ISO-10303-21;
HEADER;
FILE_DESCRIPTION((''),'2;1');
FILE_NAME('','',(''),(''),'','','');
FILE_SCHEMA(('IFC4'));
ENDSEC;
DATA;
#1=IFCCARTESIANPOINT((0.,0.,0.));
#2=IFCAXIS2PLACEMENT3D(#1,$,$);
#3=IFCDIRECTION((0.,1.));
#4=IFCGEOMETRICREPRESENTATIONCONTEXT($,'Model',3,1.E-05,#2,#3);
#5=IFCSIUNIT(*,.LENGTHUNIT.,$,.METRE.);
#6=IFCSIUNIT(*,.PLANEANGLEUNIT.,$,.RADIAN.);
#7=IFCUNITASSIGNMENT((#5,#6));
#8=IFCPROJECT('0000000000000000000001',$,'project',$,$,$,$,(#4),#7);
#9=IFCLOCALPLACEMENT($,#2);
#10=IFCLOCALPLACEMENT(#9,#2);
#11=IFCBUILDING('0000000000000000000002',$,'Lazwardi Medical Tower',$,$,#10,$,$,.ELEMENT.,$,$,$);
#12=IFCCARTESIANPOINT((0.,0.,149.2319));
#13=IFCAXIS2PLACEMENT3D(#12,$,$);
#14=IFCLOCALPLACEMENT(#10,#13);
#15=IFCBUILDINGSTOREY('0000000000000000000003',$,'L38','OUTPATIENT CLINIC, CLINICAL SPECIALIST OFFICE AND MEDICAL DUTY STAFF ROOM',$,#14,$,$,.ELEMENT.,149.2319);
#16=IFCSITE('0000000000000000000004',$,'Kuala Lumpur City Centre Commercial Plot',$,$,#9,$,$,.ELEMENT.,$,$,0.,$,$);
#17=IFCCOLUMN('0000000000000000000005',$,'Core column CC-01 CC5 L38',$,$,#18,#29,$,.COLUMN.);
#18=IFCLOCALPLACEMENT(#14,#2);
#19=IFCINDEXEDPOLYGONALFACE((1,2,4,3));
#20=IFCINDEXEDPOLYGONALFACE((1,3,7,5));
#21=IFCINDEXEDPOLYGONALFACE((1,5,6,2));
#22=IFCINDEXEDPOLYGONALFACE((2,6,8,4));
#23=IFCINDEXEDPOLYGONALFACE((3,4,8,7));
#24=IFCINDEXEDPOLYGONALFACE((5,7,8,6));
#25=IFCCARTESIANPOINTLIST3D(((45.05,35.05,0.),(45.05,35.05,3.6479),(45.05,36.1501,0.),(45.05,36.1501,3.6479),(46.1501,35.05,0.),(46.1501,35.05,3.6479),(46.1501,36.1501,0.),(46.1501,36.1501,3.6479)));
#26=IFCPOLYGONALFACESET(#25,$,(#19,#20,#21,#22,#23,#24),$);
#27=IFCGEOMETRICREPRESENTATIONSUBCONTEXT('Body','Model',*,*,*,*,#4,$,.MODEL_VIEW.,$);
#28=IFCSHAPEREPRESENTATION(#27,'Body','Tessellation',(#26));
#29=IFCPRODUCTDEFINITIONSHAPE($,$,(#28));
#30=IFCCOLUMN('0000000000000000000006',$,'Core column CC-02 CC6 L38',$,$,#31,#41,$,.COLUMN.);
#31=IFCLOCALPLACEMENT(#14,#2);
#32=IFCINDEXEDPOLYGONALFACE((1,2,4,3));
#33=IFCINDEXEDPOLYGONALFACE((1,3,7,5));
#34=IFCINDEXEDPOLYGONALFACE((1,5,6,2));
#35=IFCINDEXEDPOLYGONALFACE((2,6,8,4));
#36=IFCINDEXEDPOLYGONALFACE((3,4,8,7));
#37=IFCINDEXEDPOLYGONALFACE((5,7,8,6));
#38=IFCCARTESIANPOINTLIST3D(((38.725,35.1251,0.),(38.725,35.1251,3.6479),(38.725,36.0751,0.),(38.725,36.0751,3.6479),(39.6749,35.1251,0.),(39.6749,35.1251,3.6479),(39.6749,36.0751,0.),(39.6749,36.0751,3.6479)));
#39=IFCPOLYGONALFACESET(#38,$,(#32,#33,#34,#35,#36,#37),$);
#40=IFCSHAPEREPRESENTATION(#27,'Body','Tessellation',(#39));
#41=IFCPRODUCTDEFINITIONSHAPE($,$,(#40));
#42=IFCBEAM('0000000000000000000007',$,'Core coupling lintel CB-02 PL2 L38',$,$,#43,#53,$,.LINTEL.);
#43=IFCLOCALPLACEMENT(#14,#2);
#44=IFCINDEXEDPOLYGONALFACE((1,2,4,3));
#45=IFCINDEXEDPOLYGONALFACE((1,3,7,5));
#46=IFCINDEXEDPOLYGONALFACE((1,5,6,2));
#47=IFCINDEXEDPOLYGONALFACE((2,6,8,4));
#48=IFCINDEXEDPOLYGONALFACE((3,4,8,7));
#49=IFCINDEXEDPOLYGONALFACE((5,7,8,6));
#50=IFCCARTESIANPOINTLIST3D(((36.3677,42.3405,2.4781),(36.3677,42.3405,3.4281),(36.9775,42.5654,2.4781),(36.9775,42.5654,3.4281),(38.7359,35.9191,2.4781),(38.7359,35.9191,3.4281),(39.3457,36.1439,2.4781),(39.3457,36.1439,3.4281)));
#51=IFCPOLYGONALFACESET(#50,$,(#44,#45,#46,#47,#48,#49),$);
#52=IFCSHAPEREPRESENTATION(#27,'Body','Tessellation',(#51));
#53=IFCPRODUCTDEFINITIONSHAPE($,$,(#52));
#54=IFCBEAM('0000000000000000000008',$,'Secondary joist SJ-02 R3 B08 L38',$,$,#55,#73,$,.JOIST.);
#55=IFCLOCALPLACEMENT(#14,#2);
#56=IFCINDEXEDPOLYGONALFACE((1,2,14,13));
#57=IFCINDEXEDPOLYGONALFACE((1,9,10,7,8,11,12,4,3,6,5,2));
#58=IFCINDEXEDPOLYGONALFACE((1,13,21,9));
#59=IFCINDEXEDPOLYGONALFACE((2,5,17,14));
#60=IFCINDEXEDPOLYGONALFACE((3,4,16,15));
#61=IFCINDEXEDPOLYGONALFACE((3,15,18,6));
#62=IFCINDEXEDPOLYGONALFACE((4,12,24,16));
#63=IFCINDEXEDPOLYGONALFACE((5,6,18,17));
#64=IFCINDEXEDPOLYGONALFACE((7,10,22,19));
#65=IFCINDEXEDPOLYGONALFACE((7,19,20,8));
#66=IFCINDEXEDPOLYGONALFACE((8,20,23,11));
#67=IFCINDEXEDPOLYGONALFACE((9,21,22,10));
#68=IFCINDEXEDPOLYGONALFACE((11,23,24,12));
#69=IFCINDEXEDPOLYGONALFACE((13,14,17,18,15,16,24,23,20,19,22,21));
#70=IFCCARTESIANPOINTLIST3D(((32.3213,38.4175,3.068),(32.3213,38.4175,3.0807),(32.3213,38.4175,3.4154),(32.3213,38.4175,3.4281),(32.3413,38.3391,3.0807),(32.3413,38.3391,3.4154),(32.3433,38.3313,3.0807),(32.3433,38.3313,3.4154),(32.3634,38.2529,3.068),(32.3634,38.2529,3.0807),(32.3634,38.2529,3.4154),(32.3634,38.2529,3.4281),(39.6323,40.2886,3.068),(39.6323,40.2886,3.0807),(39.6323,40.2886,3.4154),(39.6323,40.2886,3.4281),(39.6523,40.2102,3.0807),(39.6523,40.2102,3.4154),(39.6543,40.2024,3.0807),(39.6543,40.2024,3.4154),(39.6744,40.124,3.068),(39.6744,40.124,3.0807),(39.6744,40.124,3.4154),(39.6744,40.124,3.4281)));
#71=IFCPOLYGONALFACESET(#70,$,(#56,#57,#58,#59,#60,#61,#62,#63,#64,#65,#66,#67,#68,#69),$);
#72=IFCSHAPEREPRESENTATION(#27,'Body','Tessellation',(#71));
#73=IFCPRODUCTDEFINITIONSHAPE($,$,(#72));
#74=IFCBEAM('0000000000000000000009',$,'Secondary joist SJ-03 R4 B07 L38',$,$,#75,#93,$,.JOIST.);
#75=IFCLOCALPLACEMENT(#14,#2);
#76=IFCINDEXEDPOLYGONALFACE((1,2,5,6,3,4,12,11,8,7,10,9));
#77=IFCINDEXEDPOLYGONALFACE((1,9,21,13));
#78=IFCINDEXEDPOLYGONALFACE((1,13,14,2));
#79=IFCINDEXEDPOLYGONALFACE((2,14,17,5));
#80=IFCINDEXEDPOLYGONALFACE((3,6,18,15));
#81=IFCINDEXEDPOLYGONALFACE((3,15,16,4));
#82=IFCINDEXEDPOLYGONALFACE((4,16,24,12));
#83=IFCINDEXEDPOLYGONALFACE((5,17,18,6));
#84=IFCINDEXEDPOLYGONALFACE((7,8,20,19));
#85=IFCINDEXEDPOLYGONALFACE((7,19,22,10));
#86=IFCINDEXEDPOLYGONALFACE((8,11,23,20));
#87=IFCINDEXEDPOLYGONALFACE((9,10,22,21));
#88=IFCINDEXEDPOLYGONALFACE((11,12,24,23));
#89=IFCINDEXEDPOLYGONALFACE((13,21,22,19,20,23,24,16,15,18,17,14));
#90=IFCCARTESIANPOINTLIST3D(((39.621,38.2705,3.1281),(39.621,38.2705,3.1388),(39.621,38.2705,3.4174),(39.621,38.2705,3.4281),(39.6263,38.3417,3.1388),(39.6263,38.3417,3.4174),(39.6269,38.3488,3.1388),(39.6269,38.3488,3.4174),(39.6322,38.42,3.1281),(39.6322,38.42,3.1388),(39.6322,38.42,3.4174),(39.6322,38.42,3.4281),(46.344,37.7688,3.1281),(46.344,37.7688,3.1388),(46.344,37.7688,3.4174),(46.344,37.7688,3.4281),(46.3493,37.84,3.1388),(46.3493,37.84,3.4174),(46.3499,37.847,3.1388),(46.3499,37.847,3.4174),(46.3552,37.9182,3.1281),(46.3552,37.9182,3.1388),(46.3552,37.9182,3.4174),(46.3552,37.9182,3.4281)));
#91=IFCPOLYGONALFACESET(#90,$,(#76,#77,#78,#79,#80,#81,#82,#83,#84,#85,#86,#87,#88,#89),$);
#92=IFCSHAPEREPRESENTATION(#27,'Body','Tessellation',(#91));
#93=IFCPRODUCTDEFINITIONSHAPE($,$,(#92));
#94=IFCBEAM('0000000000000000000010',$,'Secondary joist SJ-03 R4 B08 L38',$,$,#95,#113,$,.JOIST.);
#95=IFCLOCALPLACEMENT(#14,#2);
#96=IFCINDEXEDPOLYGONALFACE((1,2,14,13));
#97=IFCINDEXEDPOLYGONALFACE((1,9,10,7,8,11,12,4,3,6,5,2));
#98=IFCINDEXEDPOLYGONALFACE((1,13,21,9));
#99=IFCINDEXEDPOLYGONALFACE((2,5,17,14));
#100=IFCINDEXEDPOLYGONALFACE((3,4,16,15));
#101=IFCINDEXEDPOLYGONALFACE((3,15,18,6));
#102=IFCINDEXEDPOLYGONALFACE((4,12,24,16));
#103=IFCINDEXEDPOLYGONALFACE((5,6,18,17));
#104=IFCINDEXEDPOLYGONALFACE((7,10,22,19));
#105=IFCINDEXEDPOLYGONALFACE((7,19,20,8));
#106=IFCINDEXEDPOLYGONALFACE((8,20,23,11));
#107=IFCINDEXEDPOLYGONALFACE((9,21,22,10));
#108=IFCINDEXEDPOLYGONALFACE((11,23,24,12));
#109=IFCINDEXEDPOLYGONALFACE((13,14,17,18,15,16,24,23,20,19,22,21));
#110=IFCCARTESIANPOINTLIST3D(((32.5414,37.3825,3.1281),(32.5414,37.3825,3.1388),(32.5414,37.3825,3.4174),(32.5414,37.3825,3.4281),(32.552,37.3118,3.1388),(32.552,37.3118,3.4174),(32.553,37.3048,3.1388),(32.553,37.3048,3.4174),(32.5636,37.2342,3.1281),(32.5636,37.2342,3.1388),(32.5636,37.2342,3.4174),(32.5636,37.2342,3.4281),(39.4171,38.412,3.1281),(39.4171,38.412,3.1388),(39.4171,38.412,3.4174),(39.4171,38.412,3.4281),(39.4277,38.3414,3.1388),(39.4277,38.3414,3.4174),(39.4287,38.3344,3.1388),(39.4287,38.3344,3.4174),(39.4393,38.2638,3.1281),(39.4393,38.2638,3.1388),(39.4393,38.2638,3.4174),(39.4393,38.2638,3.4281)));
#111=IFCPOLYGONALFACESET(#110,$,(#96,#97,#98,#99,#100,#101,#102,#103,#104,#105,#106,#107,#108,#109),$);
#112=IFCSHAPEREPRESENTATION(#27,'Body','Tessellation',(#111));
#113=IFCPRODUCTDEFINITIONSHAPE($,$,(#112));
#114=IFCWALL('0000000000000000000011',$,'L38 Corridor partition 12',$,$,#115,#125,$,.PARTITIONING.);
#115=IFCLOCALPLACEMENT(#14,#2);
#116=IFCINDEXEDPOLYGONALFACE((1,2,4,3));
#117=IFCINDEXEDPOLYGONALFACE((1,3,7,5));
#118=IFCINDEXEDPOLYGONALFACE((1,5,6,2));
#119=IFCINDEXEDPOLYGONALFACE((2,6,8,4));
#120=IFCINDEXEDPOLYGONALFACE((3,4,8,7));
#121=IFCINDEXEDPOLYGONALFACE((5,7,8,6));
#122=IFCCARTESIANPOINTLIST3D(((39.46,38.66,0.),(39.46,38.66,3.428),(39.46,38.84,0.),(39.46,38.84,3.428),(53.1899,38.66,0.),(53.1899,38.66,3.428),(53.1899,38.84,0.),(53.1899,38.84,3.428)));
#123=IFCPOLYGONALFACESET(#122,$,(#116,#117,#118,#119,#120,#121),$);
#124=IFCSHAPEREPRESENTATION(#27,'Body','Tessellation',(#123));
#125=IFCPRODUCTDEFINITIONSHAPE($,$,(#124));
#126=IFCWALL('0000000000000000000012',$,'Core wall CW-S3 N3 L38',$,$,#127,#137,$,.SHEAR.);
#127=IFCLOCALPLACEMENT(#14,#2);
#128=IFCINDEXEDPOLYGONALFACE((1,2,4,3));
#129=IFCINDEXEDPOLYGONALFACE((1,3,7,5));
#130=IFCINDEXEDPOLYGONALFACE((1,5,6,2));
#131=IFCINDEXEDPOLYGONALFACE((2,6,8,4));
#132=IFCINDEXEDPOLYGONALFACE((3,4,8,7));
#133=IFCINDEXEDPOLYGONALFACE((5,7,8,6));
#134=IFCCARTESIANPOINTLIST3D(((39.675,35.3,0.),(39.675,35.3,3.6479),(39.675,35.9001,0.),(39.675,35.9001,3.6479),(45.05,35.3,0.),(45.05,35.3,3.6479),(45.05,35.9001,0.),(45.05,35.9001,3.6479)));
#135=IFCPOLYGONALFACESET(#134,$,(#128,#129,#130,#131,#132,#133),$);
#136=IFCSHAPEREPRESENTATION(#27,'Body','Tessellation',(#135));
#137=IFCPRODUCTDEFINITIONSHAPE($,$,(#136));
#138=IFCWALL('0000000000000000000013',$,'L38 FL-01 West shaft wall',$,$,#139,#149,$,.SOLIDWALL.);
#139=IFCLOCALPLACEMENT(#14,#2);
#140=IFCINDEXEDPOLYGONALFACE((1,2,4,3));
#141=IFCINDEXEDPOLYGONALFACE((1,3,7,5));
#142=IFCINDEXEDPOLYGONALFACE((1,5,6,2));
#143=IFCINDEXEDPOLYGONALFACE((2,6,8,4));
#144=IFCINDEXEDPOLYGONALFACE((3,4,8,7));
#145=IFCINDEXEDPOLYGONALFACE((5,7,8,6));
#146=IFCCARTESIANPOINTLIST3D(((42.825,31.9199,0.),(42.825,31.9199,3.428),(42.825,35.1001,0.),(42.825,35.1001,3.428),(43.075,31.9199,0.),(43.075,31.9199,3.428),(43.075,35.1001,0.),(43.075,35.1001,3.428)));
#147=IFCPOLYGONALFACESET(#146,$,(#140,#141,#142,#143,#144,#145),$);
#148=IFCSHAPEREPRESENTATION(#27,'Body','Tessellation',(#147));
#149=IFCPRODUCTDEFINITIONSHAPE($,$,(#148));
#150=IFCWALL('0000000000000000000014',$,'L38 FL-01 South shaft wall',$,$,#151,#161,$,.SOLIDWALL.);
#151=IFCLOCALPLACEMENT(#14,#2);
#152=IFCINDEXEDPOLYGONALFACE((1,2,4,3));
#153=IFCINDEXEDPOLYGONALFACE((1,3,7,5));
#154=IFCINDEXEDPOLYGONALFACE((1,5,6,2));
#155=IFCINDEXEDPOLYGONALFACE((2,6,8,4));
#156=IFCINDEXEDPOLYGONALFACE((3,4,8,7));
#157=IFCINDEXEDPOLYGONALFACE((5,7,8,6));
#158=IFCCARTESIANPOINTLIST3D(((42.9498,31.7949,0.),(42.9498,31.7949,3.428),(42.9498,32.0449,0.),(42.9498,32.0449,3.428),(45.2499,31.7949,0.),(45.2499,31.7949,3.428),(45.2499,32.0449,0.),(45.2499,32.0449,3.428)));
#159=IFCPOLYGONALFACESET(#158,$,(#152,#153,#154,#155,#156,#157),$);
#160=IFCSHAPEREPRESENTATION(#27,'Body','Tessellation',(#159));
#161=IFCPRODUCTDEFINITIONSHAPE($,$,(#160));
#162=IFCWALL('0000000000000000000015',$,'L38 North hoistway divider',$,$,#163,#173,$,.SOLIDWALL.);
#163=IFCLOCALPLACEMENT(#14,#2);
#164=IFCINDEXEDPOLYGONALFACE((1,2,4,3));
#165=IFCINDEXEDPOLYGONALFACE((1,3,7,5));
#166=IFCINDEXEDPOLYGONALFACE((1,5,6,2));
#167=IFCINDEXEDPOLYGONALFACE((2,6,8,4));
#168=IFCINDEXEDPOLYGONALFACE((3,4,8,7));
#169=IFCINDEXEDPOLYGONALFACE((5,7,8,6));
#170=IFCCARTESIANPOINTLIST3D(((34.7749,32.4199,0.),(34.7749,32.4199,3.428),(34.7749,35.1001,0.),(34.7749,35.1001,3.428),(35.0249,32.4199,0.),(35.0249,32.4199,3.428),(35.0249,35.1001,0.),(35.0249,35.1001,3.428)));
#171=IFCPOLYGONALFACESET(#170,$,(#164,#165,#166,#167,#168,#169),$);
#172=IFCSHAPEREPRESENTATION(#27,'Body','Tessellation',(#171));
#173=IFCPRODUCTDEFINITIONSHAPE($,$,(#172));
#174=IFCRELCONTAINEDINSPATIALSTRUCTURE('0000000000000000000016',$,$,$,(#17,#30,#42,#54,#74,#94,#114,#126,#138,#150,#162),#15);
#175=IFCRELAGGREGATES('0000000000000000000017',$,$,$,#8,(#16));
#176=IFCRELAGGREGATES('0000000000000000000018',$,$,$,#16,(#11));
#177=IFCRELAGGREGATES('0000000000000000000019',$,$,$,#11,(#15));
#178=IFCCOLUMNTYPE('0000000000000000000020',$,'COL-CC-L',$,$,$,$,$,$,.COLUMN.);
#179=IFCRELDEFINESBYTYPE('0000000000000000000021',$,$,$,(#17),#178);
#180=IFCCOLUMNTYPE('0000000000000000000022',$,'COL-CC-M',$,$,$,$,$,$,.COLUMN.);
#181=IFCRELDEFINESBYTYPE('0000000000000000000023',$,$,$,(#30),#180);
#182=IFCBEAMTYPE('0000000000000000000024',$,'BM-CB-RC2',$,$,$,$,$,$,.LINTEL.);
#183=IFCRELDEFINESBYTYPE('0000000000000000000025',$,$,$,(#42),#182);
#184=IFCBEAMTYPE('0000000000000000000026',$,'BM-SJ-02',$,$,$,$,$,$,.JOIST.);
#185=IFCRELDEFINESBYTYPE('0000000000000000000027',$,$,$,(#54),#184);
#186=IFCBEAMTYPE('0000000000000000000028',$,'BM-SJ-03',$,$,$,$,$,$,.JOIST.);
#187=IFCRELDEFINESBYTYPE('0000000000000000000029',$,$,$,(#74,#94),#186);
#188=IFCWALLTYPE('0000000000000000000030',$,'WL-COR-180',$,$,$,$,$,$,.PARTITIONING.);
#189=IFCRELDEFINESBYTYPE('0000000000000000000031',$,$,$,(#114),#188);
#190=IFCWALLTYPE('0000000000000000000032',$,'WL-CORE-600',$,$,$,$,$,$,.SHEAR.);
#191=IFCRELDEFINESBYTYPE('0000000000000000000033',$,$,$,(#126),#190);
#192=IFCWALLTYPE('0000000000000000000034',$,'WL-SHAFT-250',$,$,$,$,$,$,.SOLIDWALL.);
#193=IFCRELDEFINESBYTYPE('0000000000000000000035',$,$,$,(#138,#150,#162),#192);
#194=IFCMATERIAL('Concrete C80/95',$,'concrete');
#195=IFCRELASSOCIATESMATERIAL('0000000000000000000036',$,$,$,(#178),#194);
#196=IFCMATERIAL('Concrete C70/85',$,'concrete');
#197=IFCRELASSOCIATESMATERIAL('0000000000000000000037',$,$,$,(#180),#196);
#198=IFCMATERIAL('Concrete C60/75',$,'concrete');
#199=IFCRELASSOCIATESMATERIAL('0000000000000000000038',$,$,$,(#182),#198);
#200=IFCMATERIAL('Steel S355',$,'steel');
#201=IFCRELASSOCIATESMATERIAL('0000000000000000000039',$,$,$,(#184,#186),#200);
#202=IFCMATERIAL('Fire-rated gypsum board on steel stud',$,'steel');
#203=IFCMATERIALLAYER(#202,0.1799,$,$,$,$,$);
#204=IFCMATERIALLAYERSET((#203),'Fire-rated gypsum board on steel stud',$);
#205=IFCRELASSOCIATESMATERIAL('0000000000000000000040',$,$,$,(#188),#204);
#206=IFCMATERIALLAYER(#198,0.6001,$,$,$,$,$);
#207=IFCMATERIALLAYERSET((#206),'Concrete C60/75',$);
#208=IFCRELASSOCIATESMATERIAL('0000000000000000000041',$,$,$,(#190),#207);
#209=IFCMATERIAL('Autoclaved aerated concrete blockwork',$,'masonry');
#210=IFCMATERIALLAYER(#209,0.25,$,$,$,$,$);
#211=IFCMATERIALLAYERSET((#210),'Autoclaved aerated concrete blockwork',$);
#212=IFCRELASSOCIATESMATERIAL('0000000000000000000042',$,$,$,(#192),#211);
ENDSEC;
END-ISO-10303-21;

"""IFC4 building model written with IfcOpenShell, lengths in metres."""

from ifc_helpers import new_model, si_unit, direction, frame, frame_2d, origin, origin_2d, place, context, subcontext, project, spatial, rectangle, i_section, extrude, material, layer, layer_set, material_profile, profile_set, type_object, element, save


model = new_model("IFC4")

# Units and contexts
model_context = context("Model", 3, precision=1e-05, world=origin(), true_north=direction((0.0, 1.0)))
body_context = subcontext(model_context, "Body", "Model", "MODEL_VIEW")
ifc_project = project(units=[si_unit("LENGTHUNIT", "METRE"), si_unit("PLANEANGLEUNIT", "RADIAN")], contexts=[model_context])

# Site, building, storey
site_placement = place(None, origin())
site = spatial("IfcSite", under=ifc_project, at=site_placement, Name="Kuala Lumpur City Centre Commercial Plot", CompositionType="ELEMENT", RefElevation=0.0)
building_placement = place(site_placement, origin())
building = spatial("IfcBuilding", under=site, at=building_placement, Name="Lazwardi Medical Tower", CompositionType="ELEMENT")
storey_placement = place(building_placement, frame((0.0, 0.0, 149.2319)))
storey = spatial("IfcBuildingStorey", under=building, at=storey_placement, Name="L38", Description="OUTPATIENT CLINIC, CLINICAL SPECIALIST OFFICE AND MEDICAL DUTY STAFF ROOM", CompositionType="ELEMENT", Elevation=149.2319)

# Columns
ifc_material_1 = material(Name="Concrete C80/95", Category="concrete")
ifc_material_profile_1 = material_profile(ifc_material_1, rectangle(XDim=1.1001, YDim=1.1001, at=origin_2d()), Name="RC 1100x1100")
ifc_profile_set_1 = profile_set([ifc_material_profile_1], Name="Concrete C80/95")
column_type_1 = type_object("IfcColumnType", Name="COL-CC-L", PredefinedType="COLUMN", material=ifc_profile_set_1)
column_1_placement = place(storey_placement, frame((45.6001, 35.6001, 0.0), z_axis=(0.0, 0.0, 1.0), x_axis=(1.0, 0.0, 0.0)))
element("IfcColumn", 1, at=column_1_placement, inside=storey, type_object=column_type_1, Name="Core column CC-01 CC5 L38", PredefinedType="COLUMN", context=body_context, shape_type="SweptSolid", body=[
    extrude(rectangle(XDim=1.1001, YDim=1.1001, at=origin_2d()), origin(), (0.0, 0.0, 1.0), 3.6479),
])
ifc_material_2 = material(Name="Concrete C70/85", Category="concrete")
ifc_material_profile_2 = material_profile(ifc_material_2, rectangle(XDim=0.95, YDim=0.95, at=origin_2d()), Name="RC 950x950")
ifc_profile_set_2 = profile_set([ifc_material_profile_2], Name="Concrete C70/85")
column_type_2 = type_object("IfcColumnType", Name="COL-CC-M", PredefinedType="COLUMN", material=ifc_profile_set_2)
column_2_placement = place(storey_placement, frame((39.2, 35.6001, 0.0), z_axis=(0.0, 0.0, 1.0), x_axis=(1.0, 0.0, 0.0)))
element("IfcColumn", 2, at=column_2_placement, inside=storey, type_object=column_type_2, Name="Core column CC-02 CC6 L38", PredefinedType="COLUMN", context=body_context, shape_type="SweptSolid", body=[
    extrude(rectangle(XDim=0.95, YDim=0.95, at=origin_2d()), origin(), (0.0, 0.0, 1.0), 3.6479),
])

# Beams
ifc_material_3 = material(Name="Concrete C60/75", Category="concrete")
ifc_material_profile_3 = material_profile(ifc_material_3, rectangle(XDim=0.6499, YDim=0.95, at=origin_2d()), Name="RC 650x950")
ifc_profile_set_3 = profile_set([ifc_material_profile_3], Name="Concrete C60/75")
beam_type_1 = type_object("IfcBeamType", Name="BM-CB-RC2", PredefinedType="LINTEL", material=ifc_profile_set_3)
beam_1_placement = place(storey_placement, frame((39.0408, 36.0315, 2.9531), z_axis=(-0.346013, 0.93823, 0.0), x_axis=(-0.93823, -0.346013, 0.0)))
element("IfcBeam", 3, at=beam_1_placement, inside=storey, type_object=beam_type_1, Name="Core coupling lintel CB-02 PL2 L38", PredefinedType="LINTEL", context=body_context, shape_type="SweptSolid", body=[
    extrude(rectangle(XDim=0.6499, YDim=0.95, at=origin_2d()), origin(), (0.0, 0.0, 1.0), 6.8442),
])
ifc_material_4 = material(Name="Steel S355", Category="steel")
ifc_material_profile_4 = material_profile(ifc_material_4, i_section(OverallWidth=0.1699, OverallDepth=0.3601, WebThickness=0.0081, FlangeThickness=0.0127, at=origin_2d()), Name="IPE 360")
ifc_profile_set_4 = profile_set([ifc_material_profile_4], Name="Steel S355")
beam_type_2 = type_object("IfcBeamType", Name="BM-SJ-02", PredefinedType="JOIST", material=ifc_profile_set_4)
beam_2_placement = place(storey_placement, frame((39.6533, 40.2063, 3.248), z_axis=(-0.968776, -0.247936, 0.0), x_axis=(0.247936, -0.968776, 0.0)))
element("IfcBeam", 4, at=beam_2_placement, inside=storey, type_object=beam_type_2, Name="Secondary joist SJ-02 R3 B08 L38", PredefinedType="JOIST", context=body_context, shape_type="SweptSolid", body=[
    extrude(i_section(OverallWidth=0.1699, OverallDepth=0.3601, WebThickness=0.0081, FlangeThickness=0.0127, at=origin_2d()), origin(), (0.0, 0.0, 1.0), 7.5466),
])
ifc_material_profile_5 = material_profile(ifc_material_4, i_section(OverallWidth=0.1499, OverallDepth=0.3, WebThickness=0.0071, FlangeThickness=0.0107, at=origin_2d()), Name="IPE 300")
ifc_profile_set_5 = profile_set([ifc_material_profile_5], Name="Steel S355")
beam_type_3 = type_object("IfcBeamType", Name="BM-SJ-03", PredefinedType="JOIST", material=ifc_profile_set_5)
beam_3_placement = place(storey_placement, frame((46.3496, 37.8435, 3.2781), z_axis=(-0.997227, 0.07442, 0.0), x_axis=(-0.07442, -0.997227, 0.0)))
element("IfcBeam", 5, at=beam_3_placement, inside=storey, type_object=beam_type_3, Name="Secondary joist SJ-03 R4 B07 L38", PredefinedType="JOIST", context=body_context, shape_type="SweptSolid", body=[
    extrude(i_section(OverallWidth=0.1499, OverallDepth=0.3, WebThickness=0.0071, FlangeThickness=0.0107, at=origin_2d()), origin(), (0.0, 0.0, 1.0), 6.7417),
])
beam_4_placement = place(storey_placement, frame((39.4282, 38.3379, 3.2781), z_axis=(-0.988975, -0.148085, 0.0), x_axis=(0.148085, -0.988975, 0.0)))
element("IfcBeam", 6, at=beam_4_placement, inside=storey, type_object=beam_type_3, Name="Secondary joist SJ-03 R4 B08 L38", PredefinedType="JOIST", context=body_context, shape_type="SweptSolid", body=[
    extrude(i_section(OverallWidth=0.1499, OverallDepth=0.3, WebThickness=0.0071, FlangeThickness=0.0107, at=origin_2d()), origin(), (0.0, 0.0, 1.0), 6.9524),
])

# Walls
ifc_material_5 = material(Name="Fire-rated gypsum board on steel stud", Category="steel")
ifc_layer_1 = layer(ifc_material_5, 0.1799)
ifc_layer_set_1 = layer_set([ifc_layer_1], Name="Fire-rated gypsum board on steel stud")
wall_type_1 = type_object("IfcWallType", Name="WL-COR-180", PredefinedType="PARTITIONING", material=ifc_layer_set_1)
wall_1_placement = place(storey_placement, frame((39.46, 38.75, 0.0), z_axis=(0.0, 0.0, 1.0), x_axis=(1.0, 0.0, 0.0)))
element("IfcWall", 7, at=wall_1_placement, inside=storey, type_object=wall_type_1, Name="L38 Corridor partition 12", PredefinedType="PARTITIONING", context=body_context, shape_type="SweptSolid", body=[
    extrude(rectangle(XDim=13.73, YDim=0.1799, at=frame_2d((6.865, 0.0))), origin(), (0.0, 0.0, 1.0), 3.428),
])
ifc_layer_2 = layer(ifc_material_3, 0.6001)
ifc_layer_set_2 = layer_set([ifc_layer_2], Name="Concrete C60/75")
wall_type_2 = type_object("IfcWallType", Name="WL-CORE-600", PredefinedType="SHEAR", material=ifc_layer_set_2)
wall_2_placement = place(storey_placement, frame((39.675, 35.6001, 0.0), z_axis=(0.0, 0.0, 1.0), x_axis=(1.0, 0.0, 0.0)))
element("IfcWall", 8, at=wall_2_placement, inside=storey, type_object=wall_type_2, Name="Core wall CW-S3 N3 L38", PredefinedType="SHEAR", context=body_context, shape_type="SweptSolid", body=[
    extrude(rectangle(XDim=5.375, YDim=0.6001, at=frame_2d((2.6875, 0.0))), origin(), (0.0, 0.0, 1.0), 3.6479),
])
ifc_material_6 = material(Name="Autoclaved aerated concrete blockwork", Category="masonry")
ifc_layer_3 = layer(ifc_material_6, 0.25)
ifc_layer_set_3 = layer_set([ifc_layer_3], Name="Autoclaved aerated concrete blockwork")
wall_type_3 = type_object("IfcWallType", Name="WL-SHAFT-250", PredefinedType="SOLIDWALL", material=ifc_layer_set_3)
wall_3_placement = place(storey_placement, frame((42.95, 31.9199, 0.0), z_axis=(0.0, 0.0, 1.0), x_axis=(0.0, 1.0, 0.0)))
element("IfcWall", 9, at=wall_3_placement, inside=storey, type_object=wall_type_3, Name="L38 FL-01 West shaft wall", PredefinedType="SOLIDWALL", context=body_context, shape_type="SweptSolid", body=[
    extrude(rectangle(XDim=3.1802, YDim=0.25, at=frame_2d((1.5901, 0.0))), origin(), (0.0, 0.0, 1.0), 3.428),
])
wall_4_placement = place(storey_placement, frame((42.95, 31.9199, 0.0), z_axis=(0.0, 0.0, 1.0), x_axis=(1.0, 0.0, 0.0)))
element("IfcWall", 10, at=wall_4_placement, inside=storey, type_object=wall_type_3, Name="L38 FL-01 South shaft wall", PredefinedType="SOLIDWALL", context=body_context, shape_type="SweptSolid", body=[
    extrude(rectangle(XDim=2.3, YDim=0.25, at=frame_2d((1.1499, 0.0))), origin(), (0.0, 0.0, 1.0), 3.428),
])
for number, where, z_axis, x_axis, name in (
    (11, (34.8999, 32.4199, 0.0), (0.0, 0.0, 1.0), (0.0, 1.0, 0.0), "L38 North hoistway divider"),
):
    element("IfcWall", number, at=place(storey_placement, frame(where, z_axis=z_axis, x_axis=x_axis)), inside=storey, type_object=wall_type_3, Name=name, PredefinedType="SOLIDWALL", context=body_context, shape_type="SweptSolid", body=[
        extrude(rectangle(XDim=2.6802, YDim=0.25, at=frame_2d((1.3401, 0.0))), origin(), (0.0, 0.0, 1.0), 3.428),
    ])

save(model, "model.ifc")
